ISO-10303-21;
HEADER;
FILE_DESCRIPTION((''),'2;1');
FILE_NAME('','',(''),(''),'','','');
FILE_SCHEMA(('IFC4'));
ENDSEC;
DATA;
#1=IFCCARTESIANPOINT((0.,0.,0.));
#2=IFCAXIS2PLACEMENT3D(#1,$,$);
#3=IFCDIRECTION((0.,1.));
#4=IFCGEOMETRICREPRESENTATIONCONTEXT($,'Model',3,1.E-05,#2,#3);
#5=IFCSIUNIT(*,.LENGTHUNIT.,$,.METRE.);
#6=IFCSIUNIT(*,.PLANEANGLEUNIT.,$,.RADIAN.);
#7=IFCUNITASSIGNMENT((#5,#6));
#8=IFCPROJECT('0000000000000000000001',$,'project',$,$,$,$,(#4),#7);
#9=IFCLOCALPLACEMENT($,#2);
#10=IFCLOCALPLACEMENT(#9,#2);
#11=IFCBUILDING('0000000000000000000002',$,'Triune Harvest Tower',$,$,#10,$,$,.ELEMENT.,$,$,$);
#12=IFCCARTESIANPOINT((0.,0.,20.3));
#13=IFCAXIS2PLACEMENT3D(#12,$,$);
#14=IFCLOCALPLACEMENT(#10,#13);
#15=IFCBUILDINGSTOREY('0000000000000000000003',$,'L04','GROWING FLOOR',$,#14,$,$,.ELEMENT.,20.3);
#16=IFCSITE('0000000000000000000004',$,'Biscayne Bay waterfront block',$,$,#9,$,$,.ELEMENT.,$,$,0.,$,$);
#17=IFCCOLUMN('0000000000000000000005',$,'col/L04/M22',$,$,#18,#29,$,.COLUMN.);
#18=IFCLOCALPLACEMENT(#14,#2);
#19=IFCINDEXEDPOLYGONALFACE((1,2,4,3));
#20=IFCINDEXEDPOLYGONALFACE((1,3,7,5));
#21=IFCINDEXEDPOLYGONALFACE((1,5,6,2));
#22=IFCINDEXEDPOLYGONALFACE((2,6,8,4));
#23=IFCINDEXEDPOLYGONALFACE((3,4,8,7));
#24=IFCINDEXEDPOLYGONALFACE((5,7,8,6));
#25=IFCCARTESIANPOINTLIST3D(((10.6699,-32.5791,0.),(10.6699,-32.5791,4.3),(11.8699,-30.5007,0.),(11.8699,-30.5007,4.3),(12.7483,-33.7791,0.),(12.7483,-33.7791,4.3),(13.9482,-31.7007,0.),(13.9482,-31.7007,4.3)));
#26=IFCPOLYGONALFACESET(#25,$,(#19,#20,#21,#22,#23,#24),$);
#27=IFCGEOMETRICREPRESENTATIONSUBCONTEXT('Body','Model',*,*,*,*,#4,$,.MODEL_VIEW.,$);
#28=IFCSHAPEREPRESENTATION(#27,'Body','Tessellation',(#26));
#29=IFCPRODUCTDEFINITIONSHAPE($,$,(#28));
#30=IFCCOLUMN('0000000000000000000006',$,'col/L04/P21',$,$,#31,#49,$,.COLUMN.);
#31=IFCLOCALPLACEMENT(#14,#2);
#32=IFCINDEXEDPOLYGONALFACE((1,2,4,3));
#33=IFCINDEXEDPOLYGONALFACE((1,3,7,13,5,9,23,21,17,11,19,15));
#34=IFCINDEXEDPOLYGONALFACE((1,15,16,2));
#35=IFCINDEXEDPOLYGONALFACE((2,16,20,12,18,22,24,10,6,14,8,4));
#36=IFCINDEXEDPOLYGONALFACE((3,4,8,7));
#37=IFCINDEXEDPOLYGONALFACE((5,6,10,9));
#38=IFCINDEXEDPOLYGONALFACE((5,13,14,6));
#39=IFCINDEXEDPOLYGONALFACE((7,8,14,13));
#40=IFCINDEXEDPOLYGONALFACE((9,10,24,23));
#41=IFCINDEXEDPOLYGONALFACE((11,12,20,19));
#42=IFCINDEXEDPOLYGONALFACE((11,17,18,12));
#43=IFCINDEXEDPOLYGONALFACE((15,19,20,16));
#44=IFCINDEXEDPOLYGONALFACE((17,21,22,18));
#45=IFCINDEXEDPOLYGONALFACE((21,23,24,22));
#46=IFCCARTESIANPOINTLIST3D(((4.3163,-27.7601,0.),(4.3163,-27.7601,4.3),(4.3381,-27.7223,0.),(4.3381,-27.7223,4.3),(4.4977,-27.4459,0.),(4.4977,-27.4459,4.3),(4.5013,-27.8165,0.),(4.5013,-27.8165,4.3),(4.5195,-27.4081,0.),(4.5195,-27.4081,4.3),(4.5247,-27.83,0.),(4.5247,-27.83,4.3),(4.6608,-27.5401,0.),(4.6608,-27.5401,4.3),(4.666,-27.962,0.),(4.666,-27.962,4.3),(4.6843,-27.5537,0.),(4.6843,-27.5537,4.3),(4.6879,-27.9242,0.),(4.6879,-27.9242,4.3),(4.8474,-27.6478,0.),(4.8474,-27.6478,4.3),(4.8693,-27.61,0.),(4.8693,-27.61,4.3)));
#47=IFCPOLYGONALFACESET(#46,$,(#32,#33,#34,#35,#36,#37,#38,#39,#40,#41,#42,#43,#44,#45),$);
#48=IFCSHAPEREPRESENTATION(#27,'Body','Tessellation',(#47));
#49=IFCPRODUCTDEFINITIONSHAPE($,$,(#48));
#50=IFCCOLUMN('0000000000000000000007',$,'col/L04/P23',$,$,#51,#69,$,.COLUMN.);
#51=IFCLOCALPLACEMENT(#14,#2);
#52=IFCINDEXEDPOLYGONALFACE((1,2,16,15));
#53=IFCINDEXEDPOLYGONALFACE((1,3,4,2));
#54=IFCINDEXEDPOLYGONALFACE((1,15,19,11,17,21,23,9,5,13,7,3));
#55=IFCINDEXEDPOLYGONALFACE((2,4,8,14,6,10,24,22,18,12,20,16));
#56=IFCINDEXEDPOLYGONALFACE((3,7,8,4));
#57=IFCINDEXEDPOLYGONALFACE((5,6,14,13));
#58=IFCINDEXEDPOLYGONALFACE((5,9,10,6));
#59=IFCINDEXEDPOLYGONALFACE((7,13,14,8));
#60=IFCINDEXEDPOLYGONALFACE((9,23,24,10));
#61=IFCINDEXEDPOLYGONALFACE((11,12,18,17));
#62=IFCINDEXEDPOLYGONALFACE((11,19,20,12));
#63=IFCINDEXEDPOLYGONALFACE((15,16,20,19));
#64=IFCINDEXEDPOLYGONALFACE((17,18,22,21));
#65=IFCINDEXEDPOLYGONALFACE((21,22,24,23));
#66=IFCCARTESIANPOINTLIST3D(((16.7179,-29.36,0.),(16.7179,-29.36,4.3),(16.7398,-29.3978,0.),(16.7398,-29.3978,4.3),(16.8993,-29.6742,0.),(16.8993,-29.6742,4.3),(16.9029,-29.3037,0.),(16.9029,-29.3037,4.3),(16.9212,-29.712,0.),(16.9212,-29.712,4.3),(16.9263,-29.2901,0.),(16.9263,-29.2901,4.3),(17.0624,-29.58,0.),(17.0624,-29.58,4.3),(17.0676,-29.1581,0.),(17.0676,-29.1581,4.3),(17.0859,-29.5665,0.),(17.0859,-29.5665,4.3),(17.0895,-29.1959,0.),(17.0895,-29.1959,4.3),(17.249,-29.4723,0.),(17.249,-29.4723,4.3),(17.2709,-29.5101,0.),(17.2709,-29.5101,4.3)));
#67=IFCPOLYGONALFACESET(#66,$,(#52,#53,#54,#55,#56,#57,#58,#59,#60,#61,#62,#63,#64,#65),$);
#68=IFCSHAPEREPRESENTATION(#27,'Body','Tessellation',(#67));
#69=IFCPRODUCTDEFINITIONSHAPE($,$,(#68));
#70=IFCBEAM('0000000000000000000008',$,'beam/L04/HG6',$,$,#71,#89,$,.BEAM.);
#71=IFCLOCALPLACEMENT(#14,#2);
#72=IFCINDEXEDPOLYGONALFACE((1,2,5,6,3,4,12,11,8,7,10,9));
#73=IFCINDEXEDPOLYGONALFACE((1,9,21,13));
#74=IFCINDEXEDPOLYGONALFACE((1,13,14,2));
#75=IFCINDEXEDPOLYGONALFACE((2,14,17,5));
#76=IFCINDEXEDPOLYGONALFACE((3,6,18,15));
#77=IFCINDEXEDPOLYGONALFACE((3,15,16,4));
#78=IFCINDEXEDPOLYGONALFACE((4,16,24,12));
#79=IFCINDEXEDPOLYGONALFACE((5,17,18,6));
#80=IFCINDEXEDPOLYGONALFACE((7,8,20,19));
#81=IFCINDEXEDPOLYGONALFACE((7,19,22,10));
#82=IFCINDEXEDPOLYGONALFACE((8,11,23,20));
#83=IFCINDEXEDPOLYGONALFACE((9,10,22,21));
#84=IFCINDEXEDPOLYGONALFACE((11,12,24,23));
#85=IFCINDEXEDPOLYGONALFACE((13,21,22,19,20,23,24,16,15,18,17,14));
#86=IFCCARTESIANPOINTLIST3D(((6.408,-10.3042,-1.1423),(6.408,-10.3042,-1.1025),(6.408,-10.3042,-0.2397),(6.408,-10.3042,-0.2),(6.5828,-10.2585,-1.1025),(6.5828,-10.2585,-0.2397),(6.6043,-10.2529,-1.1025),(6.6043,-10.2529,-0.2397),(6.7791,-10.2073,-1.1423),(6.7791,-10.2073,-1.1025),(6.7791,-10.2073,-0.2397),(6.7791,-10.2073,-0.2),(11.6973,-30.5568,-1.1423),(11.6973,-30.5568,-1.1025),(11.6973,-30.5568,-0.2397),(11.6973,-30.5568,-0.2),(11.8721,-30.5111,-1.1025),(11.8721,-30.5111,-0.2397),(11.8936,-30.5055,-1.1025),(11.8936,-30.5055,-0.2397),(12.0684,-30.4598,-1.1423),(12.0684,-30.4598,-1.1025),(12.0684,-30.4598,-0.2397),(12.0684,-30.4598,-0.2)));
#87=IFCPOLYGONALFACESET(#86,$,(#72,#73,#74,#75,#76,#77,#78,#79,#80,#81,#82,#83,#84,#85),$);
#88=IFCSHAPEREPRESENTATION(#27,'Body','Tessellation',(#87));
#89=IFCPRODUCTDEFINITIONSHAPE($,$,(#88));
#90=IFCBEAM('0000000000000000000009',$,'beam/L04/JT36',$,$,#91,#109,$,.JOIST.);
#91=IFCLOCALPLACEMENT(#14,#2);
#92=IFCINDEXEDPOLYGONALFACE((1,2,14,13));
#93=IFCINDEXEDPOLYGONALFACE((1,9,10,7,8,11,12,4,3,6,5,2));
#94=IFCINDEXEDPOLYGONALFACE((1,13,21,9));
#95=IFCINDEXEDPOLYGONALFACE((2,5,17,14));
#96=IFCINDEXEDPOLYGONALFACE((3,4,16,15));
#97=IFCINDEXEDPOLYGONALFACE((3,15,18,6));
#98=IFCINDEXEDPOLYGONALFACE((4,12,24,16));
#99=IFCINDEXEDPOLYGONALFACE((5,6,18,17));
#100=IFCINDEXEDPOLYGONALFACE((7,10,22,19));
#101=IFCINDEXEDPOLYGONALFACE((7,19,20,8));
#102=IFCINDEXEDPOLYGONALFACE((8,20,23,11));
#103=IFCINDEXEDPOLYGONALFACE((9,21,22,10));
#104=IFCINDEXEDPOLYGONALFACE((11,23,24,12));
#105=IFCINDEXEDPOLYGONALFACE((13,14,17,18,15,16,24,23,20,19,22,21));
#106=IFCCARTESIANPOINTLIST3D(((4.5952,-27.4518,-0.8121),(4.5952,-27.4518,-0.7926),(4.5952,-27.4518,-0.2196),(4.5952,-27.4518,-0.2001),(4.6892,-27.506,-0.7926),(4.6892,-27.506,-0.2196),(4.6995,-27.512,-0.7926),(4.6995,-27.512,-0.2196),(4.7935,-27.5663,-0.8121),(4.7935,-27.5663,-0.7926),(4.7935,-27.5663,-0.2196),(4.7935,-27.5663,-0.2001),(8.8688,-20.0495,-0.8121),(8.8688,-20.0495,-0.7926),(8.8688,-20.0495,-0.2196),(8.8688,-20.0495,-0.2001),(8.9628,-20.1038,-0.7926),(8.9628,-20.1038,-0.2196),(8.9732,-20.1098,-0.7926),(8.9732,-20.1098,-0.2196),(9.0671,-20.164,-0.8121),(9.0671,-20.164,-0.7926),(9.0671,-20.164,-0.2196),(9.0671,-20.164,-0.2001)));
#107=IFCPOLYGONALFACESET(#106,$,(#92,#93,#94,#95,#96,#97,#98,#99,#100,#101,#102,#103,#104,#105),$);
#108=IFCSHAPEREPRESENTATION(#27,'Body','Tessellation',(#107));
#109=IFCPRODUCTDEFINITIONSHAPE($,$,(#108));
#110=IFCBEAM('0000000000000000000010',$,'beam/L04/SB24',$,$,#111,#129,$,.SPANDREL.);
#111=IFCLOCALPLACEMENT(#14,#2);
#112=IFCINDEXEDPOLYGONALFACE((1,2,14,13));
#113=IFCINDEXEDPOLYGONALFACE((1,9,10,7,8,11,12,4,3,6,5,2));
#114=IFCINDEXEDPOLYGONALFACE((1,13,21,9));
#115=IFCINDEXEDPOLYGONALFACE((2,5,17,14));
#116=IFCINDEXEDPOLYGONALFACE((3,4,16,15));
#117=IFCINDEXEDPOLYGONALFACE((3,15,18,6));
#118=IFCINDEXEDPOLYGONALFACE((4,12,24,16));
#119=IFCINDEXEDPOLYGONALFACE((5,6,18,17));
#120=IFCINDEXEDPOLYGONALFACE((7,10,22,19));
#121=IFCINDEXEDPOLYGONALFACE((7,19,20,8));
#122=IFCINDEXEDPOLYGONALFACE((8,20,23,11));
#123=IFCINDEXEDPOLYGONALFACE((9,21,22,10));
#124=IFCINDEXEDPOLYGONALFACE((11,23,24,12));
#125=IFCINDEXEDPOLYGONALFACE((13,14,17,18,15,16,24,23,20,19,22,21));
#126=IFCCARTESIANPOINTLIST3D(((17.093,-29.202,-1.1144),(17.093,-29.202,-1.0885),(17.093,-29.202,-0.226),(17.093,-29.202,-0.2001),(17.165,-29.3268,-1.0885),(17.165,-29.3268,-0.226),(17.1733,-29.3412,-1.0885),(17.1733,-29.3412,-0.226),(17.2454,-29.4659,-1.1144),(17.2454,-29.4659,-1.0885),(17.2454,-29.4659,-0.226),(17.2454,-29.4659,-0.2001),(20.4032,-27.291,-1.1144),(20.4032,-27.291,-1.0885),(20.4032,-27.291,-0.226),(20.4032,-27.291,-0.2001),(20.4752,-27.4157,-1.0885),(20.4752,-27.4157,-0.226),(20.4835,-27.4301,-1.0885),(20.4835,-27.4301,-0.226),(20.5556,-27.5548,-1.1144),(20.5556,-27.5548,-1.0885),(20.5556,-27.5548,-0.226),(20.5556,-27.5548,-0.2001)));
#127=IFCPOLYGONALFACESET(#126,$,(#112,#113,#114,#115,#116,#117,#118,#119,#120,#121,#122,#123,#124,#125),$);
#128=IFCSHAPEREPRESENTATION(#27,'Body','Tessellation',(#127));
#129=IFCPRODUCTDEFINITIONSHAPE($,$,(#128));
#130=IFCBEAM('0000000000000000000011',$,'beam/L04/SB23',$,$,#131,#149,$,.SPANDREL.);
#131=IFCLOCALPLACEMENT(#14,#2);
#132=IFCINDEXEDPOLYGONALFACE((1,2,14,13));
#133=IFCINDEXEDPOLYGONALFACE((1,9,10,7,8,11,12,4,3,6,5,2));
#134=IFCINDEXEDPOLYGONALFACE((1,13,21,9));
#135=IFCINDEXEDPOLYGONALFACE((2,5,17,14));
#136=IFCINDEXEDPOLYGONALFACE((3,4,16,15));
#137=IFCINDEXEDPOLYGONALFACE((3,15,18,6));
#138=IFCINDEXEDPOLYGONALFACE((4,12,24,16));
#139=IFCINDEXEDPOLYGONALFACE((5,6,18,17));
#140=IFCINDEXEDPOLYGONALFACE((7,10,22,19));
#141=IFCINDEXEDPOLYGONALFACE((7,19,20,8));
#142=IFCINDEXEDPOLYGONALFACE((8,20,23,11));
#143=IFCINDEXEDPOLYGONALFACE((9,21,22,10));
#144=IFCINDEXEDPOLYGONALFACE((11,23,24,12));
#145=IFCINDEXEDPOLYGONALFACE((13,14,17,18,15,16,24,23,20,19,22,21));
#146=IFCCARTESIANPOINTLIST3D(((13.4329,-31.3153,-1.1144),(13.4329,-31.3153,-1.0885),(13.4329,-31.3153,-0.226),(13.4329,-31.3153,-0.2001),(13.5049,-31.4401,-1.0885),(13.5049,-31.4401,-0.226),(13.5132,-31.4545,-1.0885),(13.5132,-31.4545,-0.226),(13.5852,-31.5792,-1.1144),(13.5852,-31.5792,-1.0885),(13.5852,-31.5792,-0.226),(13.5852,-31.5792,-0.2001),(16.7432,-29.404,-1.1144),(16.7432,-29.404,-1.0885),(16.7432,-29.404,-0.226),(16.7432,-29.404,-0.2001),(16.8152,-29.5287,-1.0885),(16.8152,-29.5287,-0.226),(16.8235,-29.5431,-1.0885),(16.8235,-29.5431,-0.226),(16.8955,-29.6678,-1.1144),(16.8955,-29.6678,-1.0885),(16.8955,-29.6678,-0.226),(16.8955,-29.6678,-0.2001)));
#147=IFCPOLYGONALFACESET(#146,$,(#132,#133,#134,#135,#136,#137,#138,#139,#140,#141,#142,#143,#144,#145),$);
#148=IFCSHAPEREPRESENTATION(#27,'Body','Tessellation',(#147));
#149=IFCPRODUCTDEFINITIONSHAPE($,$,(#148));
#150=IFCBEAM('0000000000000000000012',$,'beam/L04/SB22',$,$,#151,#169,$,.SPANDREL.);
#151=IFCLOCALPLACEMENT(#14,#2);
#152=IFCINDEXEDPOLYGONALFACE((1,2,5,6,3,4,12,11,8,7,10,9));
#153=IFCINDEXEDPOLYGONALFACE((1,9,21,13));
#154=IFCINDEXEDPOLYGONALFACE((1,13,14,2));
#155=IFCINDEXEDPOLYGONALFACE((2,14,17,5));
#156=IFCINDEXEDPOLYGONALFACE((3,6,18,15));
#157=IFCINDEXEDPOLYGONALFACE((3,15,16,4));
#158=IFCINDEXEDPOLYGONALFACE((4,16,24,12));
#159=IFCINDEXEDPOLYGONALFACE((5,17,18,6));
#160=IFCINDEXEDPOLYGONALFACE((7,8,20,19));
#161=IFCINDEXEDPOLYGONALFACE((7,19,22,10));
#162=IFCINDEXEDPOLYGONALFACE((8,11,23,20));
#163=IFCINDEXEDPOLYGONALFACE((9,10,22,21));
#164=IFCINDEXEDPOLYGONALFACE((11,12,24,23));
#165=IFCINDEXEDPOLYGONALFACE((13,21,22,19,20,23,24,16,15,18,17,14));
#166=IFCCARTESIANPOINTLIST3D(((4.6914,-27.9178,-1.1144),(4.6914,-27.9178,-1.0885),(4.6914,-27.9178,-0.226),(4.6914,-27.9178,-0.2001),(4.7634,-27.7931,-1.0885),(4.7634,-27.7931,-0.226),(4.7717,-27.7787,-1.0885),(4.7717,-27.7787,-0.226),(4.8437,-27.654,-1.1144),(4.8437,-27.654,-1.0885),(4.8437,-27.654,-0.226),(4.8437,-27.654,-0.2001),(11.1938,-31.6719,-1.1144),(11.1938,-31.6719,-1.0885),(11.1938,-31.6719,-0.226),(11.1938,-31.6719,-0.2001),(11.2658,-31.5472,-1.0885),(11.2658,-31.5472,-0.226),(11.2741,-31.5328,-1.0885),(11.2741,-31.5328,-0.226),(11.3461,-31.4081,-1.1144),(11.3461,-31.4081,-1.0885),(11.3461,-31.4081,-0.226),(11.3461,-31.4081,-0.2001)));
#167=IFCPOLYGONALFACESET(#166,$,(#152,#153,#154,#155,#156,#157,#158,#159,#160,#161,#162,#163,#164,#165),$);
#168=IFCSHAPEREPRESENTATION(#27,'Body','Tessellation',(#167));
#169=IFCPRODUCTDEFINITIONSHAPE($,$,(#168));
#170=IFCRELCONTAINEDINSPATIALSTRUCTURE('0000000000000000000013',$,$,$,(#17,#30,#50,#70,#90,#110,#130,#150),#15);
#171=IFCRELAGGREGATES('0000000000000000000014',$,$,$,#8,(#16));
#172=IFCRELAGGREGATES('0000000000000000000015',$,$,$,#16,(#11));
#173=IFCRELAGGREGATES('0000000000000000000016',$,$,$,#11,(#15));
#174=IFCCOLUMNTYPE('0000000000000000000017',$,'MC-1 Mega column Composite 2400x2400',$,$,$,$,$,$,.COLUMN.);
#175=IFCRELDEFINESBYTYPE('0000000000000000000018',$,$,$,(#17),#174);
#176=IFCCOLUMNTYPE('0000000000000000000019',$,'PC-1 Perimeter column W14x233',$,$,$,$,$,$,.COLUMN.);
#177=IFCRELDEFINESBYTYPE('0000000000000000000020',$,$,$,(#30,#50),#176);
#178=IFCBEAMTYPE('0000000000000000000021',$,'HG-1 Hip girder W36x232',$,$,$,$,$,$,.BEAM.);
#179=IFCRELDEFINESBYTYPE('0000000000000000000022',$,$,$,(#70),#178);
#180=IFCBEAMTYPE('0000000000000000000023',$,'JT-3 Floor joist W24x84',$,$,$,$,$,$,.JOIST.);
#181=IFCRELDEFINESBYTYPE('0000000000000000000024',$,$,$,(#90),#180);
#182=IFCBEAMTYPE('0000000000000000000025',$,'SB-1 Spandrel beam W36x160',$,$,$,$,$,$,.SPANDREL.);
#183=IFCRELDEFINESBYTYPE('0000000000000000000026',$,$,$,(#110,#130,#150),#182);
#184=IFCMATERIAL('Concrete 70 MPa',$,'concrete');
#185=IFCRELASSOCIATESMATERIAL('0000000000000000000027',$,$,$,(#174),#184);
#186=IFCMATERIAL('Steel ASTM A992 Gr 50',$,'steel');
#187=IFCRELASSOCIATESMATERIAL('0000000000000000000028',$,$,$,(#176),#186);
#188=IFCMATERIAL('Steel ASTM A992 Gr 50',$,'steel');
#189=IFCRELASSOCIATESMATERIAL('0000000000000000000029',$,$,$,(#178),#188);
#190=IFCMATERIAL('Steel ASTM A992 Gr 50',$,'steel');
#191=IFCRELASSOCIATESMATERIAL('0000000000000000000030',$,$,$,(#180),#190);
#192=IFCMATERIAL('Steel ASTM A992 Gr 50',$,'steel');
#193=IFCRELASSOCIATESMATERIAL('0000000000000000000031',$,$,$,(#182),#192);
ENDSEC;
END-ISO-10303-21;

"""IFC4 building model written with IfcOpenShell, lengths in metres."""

from ifc_helpers import new_model, si_unit, direction, frame, origin, origin_2d, place, context, subcontext, project, spatial, rectangle, i_section, extrude, source, transform, mapped, material, material_profile, profile_set, type_object, element, save


model = new_model("IFC4")

# Units and contexts
model_context = context("Model", 3, precision=1e-05, world=origin(), true_north=direction((0.0, 1.0)))
body_context = subcontext(model_context, "Body", "Model", "MODEL_VIEW")
ifc_project = project(units=[si_unit("LENGTHUNIT", "METRE"), si_unit("PLANEANGLEUNIT", "RADIAN")], contexts=[model_context])

# Site, building, storey
site_placement = place(None, origin())
site = spatial("IfcSite", under=ifc_project, at=site_placement, Name="Biscayne Bay waterfront block", CompositionType="ELEMENT", RefElevation=0.0)
building_placement = place(site_placement, origin())
building = spatial("IfcBuilding", under=site, at=building_placement, Name="Triune Harvest Tower", CompositionType="ELEMENT")
storey_placement = place(building_placement, frame((0.0, 0.0, 20.3)))
storey = spatial("IfcBuildingStorey", under=building, at=storey_placement, Name="L04", Description="GROWING FLOOR", CompositionType="ELEMENT", Elevation=20.3)

# Columns
ifc_material_1 = material(Name="Concrete 70 MPa", Category="concrete")
ifc_material_profile_1 = material_profile(ifc_material_1, rectangle(XDim=2.3999, YDim=2.3999, at=origin_2d()), Name="Composite 2400x2400")
ifc_profile_set_1 = profile_set([ifc_material_profile_1], Name="Concrete 70 MPa")
column_type_1 = type_object("IfcColumnType", Name="MC-1 Mega column Composite 2400x2400", PredefinedType="COLUMN", material=ifc_profile_set_1)
shared_shape_1 = source(origin(), body_context, "Body", "SweptSolid", [
    extrude(rectangle(XDim=2.3999, YDim=2.3999, at=origin_2d()), origin(), (0.0, 0.0, 1.0), 4.3),
])
column_placement = place(storey_placement, frame((12.3091, -32.1399, 0.0), z_axis=(0.0, 0.0, 1.0), x_axis=(0.866025, -0.5, 0.0)))
element("IfcColumn", 1, at=column_placement, inside=storey, type_object=column_type_1, Name="col/L04/M22", PredefinedType="COLUMN", context=body_context, shape_type="MappedRepresentation", body=[
    mapped(shared_shape_1, transform((0.0, 0.0, 0.0), scale=1.0)),
])
ifc_material_2 = material(Name="Steel ASTM A992 Gr 50", Category="steel")
ifc_material_profile_2 = material_profile(ifc_material_2, i_section(OverallWidth=0.4038, OverallDepth=0.4065, WebThickness=0.0271, FlangeThickness=0.0437, at=origin_2d()), Name="W14x233")
ifc_profile_set_2 = profile_set([ifc_material_profile_2], Name="Steel ASTM A992 Gr 50")
column_type_2 = type_object("IfcColumnType", Name="PC-1 Perimeter column W14x233", PredefinedType="COLUMN", material=ifc_profile_set_2)
shared_shape_2 = source(origin(), body_context, "Body", "SweptSolid", [
    extrude(i_section(OverallWidth=0.4038, OverallDepth=0.4065, WebThickness=0.0271, FlangeThickness=0.0437, at=origin_2d()), origin(), (0.0, 0.0, 1.0), 4.3),
])
for number, where, z_axis, x_axis, name in (
    (2, (4.5928, -27.6851, 0.0), (0.0, 0.0, 1.0), (0.866025, -0.5, 0.0), "col/L04/P21"),
    (3, (16.9944, -29.4351, 0.0), (0.0, 0.0, 1.0), (0.866026, 0.499998, 0.0), "col/L04/P23"),
):
    element("IfcColumn", number, at=place(storey_placement, frame(where, z_axis=z_axis, x_axis=x_axis)), inside=storey, type_object=column_type_2, Name=name, PredefinedType="COLUMN", context=body_context, shape_type="MappedRepresentation", body=[
        mapped(shared_shape_2, transform((0.0, 0.0, 0.0), scale=1.0)),
    ])

# Beams
ifc_material_3 = material(Name="Steel ASTM A992 Gr 50", Category="steel")
ifc_material_profile_3 = material_profile(ifc_material_3, i_section(OverallWidth=0.3835, OverallDepth=0.9424, WebThickness=0.0222, FlangeThickness=0.0398, at=origin_2d()), Name="W36x232")
ifc_profile_set_3 = profile_set([ifc_material_profile_3], Name="Steel ASTM A992 Gr 50")
beam_type_1 = type_object("IfcBeamType", Name="HG-1 Hip girder W36x232", PredefinedType="BEAM", material=ifc_profile_set_3)
shared_shape_3 = source(origin(), body_context, "Body", "SweptSolid", [
    extrude(i_section(OverallWidth=0.3835, OverallDepth=0.9424, WebThickness=0.0222, FlangeThickness=0.0398, at=origin_2d()), origin(), (0.0, 0.0, 1.0), 20.9319),
])
beam_1_placement = place(storey_placement, frame((11.8828, -30.5083, -0.6711), z_axis=(-0.25269, 0.967547, 0.0), x_axis=(-0.967547, -0.25269, 0.0)))
element("IfcBeam", 4, at=beam_1_placement, inside=storey, type_object=beam_type_1, Name="beam/L04/HG6", PredefinedType="BEAM", context=body_context, shape_type="MappedRepresentation", body=[
    mapped(shared_shape_3, transform((0.0, 0.0, 0.0), scale=1.0)),
])
ifc_material_4 = material(Name="Steel ASTM A992 Gr 50", Category="steel")
ifc_material_profile_4 = material_profile(ifc_material_4, i_section(OverallWidth=0.229, OverallDepth=0.6121, WebThickness=0.012, FlangeThickness=0.0195, at=origin_2d()), Name="W24x84")
ifc_profile_set_4 = profile_set([ifc_material_profile_4], Name="Steel ASTM A992 Gr 50")
beam_type_2 = type_object("IfcBeamType", Name="JT-3 Floor joist W24x84", PredefinedType="JOIST", material=ifc_profile_set_4)
shared_shape_4 = source(origin(), body_context, "Body", "SweptSolid", [
    extrude(i_section(OverallWidth=0.229, OverallDepth=0.6121, WebThickness=0.012, FlangeThickness=0.0195, at=origin_2d()), origin(), (0.0, 0.0, 1.0), 8.5474),
])
beam_2_placement = place(storey_placement, frame((4.6943, -27.509, -0.5061), z_axis=(0.499994, 0.866029, 0.0), x_axis=(-0.866029, 0.499994, 0.0)))
element("IfcBeam", 5, at=beam_2_placement, inside=storey, type_object=beam_type_2, Name="beam/L04/JT36", PredefinedType="JOIST", context=body_context, shape_type="MappedRepresentation", body=[
    mapped(shared_shape_4, transform((0.0, 0.0, 0.0), scale=1.0)),
])
ifc_material_5 = material(Name="Steel ASTM A992 Gr 50", Category="steel")
ifc_material_profile_5 = material_profile(ifc_material_5, i_section(OverallWidth=0.3047, OverallDepth=0.9143, WebThickness=0.0166, FlangeThickness=0.0259, at=origin_2d()), Name="W36x160")
ifc_profile_set_5 = profile_set([ifc_material_profile_5], Name="Steel ASTM A992 Gr 50")
beam_type_3 = type_object("IfcBeamType", Name="SB-1 Spandrel beam W36x160", PredefinedType="SPANDREL", material=ifc_profile_set_5)
shared_shape_5 = source(origin(), body_context, "Body", "SweptSolid", [
    extrude(i_section(OverallWidth=0.3047, OverallDepth=0.9143, WebThickness=0.0166, FlangeThickness=0.0259, at=origin_2d()), origin(), (0.0, 0.0, 1.0), 3.8223),
])
beam_3_placement = place(storey_placement, frame((17.1692, -29.334, -0.6572), z_axis=(0.866033, 0.499986, 0.0), x_axis=(-0.499986, 0.866033, 0.0)))
element("IfcBeam", 6, at=beam_3_placement, inside=storey, type_object=beam_type_3, Name="beam/L04/SB24", PredefinedType="SPANDREL", context=body_context, shape_type="MappedRepresentation", body=[
    mapped(shared_shape_5, transform((0.0, 0.0, 0.0), scale=1.0)),
])
shared_shape_6 = source(origin(), body_context, "Body", "SweptSolid", [
    extrude(i_section(OverallWidth=0.3047, OverallDepth=0.9143, WebThickness=0.0166, FlangeThickness=0.0259, at=origin_2d()), origin(), (0.0, 0.0, 1.0), 3.8225),
])
beam_4_placement = place(storey_placement, frame((13.509, -31.4473, -0.6572), z_axis=(0.866006, 0.500034, 0.0), x_axis=(-0.500034, 0.866006, 0.0)))
element("IfcBeam", 7, at=beam_4_placement, inside=storey, type_object=beam_type_3, Name="beam/L04/SB23", PredefinedType="SPANDREL", context=body_context, shape_type="MappedRepresentation", body=[
    mapped(shared_shape_6, transform((0.0, 0.0, 0.0), scale=1.0)),
])
shared_shape_7 = source(origin(), body_context, "Body", "SweptSolid", [
    extrude(i_section(OverallWidth=0.3047, OverallDepth=0.9143, WebThickness=0.0166, FlangeThickness=0.0259, at=origin_2d()), origin(), (0.0, 0.0, 1.0), 7.5083),
])
beam_5_placement = place(storey_placement, frame((4.7676, -27.7859, -0.6572), z_axis=(0.866027, -0.499996, 0.0), x_axis=(0.499996, 0.866027, 0.0)))
element("IfcBeam", 8, at=beam_5_placement, inside=storey, type_object=beam_type_3, Name="beam/L04/SB22", PredefinedType="SPANDREL", context=body_context, shape_type="MappedRepresentation", body=[
    mapped(shared_shape_7, transform((0.0, 0.0, 0.0), scale=1.0)),
])

save(model, "model.ifc")
